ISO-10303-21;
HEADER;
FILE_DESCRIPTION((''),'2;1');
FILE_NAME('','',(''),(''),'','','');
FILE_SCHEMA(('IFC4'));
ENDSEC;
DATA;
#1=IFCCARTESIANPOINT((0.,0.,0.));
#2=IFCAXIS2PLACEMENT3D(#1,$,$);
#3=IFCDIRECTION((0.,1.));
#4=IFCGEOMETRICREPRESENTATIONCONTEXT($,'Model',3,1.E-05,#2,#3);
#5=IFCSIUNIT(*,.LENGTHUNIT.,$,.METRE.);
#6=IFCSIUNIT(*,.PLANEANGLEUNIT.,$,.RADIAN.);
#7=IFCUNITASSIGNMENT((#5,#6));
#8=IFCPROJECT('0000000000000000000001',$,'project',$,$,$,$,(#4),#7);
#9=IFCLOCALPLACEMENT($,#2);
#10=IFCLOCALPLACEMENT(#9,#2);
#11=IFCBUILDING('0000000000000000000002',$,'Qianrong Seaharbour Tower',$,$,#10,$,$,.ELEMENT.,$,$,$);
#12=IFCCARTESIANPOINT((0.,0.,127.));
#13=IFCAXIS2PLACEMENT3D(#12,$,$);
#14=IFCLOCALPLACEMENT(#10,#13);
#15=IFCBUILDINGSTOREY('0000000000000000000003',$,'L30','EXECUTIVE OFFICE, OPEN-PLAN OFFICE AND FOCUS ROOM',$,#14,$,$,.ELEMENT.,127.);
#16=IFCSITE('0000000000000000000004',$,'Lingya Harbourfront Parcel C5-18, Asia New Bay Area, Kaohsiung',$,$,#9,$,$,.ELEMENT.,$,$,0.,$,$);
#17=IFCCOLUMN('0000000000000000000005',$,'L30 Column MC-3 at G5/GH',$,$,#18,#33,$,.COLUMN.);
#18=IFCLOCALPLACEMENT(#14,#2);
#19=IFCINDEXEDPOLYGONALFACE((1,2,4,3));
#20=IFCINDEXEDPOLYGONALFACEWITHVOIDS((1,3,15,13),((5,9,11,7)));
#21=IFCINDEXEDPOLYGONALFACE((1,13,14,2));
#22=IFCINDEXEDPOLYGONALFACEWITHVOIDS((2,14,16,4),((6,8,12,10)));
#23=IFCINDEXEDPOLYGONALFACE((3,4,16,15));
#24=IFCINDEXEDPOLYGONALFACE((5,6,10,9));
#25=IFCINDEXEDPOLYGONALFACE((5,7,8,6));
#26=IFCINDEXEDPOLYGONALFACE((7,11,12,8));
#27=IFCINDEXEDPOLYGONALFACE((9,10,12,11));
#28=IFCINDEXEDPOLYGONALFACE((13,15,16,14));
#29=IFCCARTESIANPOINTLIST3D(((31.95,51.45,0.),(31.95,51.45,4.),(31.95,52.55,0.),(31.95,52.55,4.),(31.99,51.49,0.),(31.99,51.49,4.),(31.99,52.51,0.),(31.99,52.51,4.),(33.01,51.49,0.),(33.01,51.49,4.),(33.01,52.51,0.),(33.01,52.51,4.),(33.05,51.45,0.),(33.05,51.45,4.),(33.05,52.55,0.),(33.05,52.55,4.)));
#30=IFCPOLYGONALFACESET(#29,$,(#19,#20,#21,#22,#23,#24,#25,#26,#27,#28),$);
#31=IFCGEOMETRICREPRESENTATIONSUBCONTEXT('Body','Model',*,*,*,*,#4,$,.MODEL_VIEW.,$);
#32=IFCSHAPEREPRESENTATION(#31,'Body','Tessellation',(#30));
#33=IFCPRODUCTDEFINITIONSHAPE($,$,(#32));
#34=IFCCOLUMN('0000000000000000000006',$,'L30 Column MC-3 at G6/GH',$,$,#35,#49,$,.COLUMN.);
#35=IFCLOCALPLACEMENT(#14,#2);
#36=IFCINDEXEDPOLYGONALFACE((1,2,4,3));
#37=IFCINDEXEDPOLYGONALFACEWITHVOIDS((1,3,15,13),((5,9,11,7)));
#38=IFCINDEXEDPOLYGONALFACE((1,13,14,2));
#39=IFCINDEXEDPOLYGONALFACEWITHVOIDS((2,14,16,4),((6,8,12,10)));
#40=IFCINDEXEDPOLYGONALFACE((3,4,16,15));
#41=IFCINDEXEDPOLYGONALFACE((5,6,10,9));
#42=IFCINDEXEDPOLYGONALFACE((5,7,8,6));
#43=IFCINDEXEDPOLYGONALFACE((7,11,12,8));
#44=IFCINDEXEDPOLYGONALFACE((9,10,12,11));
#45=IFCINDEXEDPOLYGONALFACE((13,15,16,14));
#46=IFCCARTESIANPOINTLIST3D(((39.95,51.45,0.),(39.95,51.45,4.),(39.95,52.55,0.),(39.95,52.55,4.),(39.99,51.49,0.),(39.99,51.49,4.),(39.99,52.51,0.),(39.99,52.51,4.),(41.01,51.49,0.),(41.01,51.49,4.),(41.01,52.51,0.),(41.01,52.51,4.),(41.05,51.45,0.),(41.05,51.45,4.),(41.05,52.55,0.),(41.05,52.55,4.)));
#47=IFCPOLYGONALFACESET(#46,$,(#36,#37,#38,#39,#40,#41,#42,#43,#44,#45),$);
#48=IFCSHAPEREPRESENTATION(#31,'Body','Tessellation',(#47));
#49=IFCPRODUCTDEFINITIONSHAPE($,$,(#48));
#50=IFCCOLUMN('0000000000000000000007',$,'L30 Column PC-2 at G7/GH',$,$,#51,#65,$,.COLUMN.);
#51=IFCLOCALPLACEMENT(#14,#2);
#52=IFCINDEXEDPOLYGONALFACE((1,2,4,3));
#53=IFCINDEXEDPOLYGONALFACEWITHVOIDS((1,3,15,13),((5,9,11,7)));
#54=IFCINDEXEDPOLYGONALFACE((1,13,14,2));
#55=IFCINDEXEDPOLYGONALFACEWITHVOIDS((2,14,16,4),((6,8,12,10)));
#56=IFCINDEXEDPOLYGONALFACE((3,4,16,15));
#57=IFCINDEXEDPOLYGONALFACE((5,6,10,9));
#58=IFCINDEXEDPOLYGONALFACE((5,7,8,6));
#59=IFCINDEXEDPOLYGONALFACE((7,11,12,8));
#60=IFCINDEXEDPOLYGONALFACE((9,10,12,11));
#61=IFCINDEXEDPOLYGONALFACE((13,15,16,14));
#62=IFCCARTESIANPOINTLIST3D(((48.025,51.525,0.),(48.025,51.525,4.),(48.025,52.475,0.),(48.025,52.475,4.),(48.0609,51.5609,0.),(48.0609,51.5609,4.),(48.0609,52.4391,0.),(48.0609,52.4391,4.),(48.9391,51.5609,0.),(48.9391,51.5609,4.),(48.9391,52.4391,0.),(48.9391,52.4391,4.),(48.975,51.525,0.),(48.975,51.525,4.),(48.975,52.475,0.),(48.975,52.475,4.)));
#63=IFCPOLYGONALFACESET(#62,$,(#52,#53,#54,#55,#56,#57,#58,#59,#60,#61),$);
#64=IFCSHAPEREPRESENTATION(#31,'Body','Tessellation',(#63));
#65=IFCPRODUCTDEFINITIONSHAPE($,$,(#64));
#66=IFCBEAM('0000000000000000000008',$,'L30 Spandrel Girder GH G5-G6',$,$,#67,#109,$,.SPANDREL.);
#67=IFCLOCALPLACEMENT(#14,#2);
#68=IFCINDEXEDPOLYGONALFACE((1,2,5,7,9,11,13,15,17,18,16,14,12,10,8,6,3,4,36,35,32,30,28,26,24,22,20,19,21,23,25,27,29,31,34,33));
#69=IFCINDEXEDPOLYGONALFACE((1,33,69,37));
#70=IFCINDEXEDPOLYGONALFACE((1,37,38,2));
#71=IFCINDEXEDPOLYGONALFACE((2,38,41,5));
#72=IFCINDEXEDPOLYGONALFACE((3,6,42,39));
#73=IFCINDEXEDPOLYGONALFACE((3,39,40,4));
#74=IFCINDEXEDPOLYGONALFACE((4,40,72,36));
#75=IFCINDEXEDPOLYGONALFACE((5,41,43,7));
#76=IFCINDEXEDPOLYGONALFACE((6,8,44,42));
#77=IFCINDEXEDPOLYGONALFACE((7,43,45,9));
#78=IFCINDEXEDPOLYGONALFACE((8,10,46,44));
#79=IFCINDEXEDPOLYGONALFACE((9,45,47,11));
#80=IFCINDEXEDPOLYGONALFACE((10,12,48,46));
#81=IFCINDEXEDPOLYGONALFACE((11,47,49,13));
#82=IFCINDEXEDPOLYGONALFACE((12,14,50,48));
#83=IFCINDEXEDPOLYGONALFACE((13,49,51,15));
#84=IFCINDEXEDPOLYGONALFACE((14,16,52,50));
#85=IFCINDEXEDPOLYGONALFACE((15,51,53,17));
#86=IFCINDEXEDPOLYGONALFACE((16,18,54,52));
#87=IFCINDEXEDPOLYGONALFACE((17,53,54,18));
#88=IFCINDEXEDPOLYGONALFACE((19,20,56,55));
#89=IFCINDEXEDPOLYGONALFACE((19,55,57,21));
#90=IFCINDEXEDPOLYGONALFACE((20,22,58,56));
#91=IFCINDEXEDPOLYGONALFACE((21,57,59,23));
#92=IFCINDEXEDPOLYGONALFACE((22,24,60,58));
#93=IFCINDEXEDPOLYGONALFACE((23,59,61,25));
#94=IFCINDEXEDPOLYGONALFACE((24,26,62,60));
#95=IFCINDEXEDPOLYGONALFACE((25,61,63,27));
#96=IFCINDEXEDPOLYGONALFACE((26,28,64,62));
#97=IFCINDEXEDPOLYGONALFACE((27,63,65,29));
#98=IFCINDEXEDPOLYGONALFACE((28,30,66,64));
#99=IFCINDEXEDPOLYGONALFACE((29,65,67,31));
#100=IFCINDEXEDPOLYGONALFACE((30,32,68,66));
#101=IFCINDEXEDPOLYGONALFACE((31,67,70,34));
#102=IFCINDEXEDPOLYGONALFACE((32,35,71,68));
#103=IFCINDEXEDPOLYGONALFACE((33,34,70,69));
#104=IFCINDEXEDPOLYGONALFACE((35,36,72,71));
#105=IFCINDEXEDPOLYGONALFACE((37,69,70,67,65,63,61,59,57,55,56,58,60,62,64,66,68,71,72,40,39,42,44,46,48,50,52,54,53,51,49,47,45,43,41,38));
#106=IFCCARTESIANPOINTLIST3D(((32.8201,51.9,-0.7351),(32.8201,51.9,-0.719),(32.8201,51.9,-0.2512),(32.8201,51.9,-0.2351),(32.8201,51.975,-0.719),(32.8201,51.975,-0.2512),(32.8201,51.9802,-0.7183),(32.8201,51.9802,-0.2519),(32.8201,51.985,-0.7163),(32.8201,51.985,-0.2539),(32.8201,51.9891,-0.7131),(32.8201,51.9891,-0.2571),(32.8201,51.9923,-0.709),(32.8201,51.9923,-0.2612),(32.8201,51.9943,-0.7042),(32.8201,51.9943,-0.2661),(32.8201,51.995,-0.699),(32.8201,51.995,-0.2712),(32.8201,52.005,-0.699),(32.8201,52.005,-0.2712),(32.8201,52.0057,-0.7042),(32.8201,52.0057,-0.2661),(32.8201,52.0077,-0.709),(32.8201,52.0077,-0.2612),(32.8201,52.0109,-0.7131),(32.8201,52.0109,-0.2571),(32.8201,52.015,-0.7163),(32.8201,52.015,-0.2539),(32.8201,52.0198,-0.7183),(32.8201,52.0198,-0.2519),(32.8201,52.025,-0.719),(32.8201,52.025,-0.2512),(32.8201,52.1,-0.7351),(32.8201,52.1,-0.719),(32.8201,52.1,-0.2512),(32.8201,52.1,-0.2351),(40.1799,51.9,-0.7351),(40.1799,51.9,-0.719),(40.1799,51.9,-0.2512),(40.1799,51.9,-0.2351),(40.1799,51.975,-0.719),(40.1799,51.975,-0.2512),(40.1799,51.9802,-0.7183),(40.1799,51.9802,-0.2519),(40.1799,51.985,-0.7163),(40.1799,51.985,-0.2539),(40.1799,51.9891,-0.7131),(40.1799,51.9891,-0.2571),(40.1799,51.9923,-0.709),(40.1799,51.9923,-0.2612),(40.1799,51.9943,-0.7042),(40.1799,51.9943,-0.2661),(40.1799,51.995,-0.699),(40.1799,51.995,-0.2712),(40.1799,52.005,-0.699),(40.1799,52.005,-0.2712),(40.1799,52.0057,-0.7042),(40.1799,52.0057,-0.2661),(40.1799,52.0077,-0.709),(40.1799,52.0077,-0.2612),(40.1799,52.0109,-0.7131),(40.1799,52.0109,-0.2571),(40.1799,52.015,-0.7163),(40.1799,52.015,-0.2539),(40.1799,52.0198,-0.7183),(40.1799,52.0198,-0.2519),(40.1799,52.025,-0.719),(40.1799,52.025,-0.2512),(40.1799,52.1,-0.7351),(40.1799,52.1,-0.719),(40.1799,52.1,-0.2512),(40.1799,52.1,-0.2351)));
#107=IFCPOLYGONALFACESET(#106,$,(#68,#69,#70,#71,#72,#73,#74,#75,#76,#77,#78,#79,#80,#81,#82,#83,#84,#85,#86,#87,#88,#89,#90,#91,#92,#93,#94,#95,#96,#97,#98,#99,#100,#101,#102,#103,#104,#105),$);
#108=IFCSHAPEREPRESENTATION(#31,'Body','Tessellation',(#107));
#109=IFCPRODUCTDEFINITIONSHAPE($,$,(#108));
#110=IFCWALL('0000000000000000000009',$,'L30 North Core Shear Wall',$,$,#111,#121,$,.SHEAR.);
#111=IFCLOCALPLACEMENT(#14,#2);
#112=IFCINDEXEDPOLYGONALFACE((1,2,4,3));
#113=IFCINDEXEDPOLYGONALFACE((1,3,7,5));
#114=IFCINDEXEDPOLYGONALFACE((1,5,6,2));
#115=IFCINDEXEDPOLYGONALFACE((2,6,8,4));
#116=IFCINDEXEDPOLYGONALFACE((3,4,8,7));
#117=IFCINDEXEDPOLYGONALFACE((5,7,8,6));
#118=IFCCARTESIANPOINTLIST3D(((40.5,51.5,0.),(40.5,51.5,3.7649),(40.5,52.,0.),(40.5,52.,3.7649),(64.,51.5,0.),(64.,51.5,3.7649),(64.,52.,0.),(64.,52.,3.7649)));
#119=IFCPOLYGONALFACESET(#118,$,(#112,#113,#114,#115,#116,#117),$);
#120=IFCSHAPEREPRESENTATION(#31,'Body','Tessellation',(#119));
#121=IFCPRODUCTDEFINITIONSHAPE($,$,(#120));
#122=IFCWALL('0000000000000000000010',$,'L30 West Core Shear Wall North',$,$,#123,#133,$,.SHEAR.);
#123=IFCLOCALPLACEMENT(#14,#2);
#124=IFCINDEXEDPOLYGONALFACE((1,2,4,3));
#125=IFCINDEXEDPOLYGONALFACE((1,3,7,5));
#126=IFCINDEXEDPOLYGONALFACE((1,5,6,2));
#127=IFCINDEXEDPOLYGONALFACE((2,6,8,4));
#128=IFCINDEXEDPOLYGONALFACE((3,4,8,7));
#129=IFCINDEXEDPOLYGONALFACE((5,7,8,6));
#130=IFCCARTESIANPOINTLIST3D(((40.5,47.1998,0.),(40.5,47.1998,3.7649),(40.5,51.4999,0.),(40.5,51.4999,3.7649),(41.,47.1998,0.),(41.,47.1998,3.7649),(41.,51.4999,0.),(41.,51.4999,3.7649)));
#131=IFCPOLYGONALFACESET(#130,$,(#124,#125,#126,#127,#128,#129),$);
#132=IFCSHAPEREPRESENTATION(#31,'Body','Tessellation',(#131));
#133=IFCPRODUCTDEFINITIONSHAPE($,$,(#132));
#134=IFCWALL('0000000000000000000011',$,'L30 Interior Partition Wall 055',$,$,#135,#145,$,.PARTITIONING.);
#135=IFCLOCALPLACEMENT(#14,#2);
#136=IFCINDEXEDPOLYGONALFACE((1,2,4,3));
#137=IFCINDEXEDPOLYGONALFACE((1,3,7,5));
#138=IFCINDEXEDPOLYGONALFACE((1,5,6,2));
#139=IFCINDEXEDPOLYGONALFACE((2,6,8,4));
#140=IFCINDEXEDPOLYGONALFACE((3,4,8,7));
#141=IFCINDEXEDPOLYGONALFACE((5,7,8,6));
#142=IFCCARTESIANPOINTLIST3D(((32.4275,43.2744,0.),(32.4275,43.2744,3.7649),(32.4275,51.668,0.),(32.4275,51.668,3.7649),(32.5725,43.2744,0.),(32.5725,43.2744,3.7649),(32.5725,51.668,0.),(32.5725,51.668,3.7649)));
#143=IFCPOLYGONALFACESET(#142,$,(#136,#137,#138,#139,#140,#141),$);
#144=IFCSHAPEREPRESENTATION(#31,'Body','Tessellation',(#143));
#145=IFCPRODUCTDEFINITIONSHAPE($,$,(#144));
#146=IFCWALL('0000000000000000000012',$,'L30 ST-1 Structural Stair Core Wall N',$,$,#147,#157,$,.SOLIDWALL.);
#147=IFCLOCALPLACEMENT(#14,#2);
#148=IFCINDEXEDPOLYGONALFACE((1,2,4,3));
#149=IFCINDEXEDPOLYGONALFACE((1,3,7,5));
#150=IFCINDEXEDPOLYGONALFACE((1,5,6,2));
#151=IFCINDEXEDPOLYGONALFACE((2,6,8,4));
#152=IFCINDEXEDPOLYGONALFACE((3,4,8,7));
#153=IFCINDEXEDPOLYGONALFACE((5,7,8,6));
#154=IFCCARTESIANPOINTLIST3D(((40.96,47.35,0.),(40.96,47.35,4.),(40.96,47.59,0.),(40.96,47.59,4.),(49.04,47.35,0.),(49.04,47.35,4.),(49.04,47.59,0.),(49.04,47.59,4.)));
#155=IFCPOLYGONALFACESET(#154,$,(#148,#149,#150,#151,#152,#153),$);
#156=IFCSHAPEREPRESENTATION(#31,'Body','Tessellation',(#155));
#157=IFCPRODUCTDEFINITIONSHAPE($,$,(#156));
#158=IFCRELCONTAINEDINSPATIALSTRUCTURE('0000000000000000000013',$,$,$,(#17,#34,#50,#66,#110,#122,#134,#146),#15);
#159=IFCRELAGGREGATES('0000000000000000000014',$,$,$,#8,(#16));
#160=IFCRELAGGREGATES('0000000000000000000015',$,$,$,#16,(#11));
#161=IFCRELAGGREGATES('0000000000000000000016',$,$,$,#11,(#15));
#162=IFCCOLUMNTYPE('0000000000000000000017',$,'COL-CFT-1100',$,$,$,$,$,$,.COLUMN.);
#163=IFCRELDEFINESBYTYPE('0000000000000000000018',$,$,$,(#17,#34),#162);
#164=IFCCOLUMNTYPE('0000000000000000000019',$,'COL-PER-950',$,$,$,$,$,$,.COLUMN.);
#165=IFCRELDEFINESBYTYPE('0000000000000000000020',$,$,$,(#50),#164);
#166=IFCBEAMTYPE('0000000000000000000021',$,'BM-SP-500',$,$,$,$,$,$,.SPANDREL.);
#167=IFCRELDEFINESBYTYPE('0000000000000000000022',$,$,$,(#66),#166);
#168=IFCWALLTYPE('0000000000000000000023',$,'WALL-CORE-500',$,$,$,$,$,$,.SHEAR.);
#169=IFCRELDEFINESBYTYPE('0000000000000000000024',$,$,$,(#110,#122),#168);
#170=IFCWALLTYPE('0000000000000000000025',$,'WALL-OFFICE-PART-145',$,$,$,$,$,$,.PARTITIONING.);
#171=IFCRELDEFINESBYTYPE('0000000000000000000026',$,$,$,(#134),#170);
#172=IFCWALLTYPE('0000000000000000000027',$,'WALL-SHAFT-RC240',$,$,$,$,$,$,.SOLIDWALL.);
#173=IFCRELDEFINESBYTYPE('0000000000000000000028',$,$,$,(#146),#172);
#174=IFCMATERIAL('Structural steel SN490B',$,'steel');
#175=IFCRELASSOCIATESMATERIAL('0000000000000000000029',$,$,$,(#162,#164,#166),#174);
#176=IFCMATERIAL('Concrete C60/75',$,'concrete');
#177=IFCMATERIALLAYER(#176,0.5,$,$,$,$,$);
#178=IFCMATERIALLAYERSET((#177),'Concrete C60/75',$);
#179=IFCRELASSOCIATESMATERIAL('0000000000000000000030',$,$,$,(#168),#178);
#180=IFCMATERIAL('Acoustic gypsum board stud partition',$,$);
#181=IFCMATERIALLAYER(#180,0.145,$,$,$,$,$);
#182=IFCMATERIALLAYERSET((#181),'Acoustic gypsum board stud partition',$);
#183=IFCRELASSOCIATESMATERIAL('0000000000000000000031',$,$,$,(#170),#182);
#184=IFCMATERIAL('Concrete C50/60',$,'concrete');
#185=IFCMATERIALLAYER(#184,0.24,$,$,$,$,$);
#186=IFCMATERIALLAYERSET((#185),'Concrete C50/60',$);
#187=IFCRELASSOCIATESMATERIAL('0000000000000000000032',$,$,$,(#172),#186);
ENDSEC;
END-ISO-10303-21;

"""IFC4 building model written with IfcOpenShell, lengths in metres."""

from ifc_helpers import new_model, si_unit, direction, frame, frame_2d, origin, origin_2d, place, context, subcontext, project, spatial, rectangle, hollow_rectangle, i_section, extrude, material, layer, layer_set, material_profile, profile_set, type_object, element, save


model = new_model("IFC4")

# Units and contexts
model_context = context("Model", 3, precision=1e-05, world=origin(), true_north=direction((0.0, 1.0)))
body_context = subcontext(model_context, "Body", "Model", "MODEL_VIEW")
ifc_project = project(units=[si_unit("LENGTHUNIT", "METRE"), si_unit("PLANEANGLEUNIT", "RADIAN")], contexts=[model_context])

# Site, building, storey
site_placement = place(None, origin())
site = spatial("IfcSite", under=ifc_project, at=site_placement, Name="Lingya Harbourfront Parcel C5-18, Asia New Bay Area, Kaohsiung", CompositionType="ELEMENT", RefElevation=0.0)
building_placement = place(site_placement, origin())
building = spatial("IfcBuilding", under=site, at=building_placement, Name="Qianrong Seaharbour Tower", CompositionType="ELEMENT")
storey_placement = place(building_placement, frame((0.0, 0.0, 127.0)))
storey = spatial("IfcBuildingStorey", under=building, at=storey_placement, Name="L30", Description="EXECUTIVE OFFICE, OPEN-PLAN OFFICE AND FOCUS ROOM", CompositionType="ELEMENT", Elevation=127.0)

# Columns
ifc_material_1 = material(Name="Structural steel SN490B", Category="steel")
ifc_material_profile_1 = material_profile(ifc_material_1, hollow_rectangle(XDim=1.1001, YDim=1.1001, WallThickness=0.04, at=origin_2d()), Name="BOX1100x1100x40")
ifc_profile_set_1 = profile_set([ifc_material_profile_1], Name="Structural steel SN490B")
column_type_1 = type_object("IfcColumnType", Name="COL-CFT-1100", PredefinedType="COLUMN", material=ifc_profile_set_1)
for number, where, z_axis, x_axis, name in (
    (1, (32.5, 52.0, 0.0), (0.0, 0.0, 1.0), (1.0, 0.0, 0.0), "L30 Column MC-3 at G5/GH"),
    (2, (40.5, 52.0, 0.0), (0.0, 0.0, 1.0), (1.0, 0.0, 0.0), "L30 Column MC-3 at G6/GH"),
):
    element("IfcColumn", number, at=place(storey_placement, frame(where, z_axis=z_axis, x_axis=x_axis)), inside=storey, type_object=column_type_1, Name=name, PredefinedType="COLUMN", context=body_context, shape_type="SweptSolid", body=[
        extrude(hollow_rectangle(XDim=1.1001, YDim=1.1001, WallThickness=0.04, at=origin_2d()), origin(), (0.0, 0.0, 1.0), 4.0),
    ])
ifc_material_profile_2 = material_profile(ifc_material_1, hollow_rectangle(XDim=0.95, YDim=0.95, WallThickness=0.0359, at=origin_2d()), Name="BOX950x950x36")
ifc_profile_set_2 = profile_set([ifc_material_profile_2], Name="Structural steel SN490B")
column_type_2 = type_object("IfcColumnType", Name="COL-PER-950", PredefinedType="COLUMN", material=ifc_profile_set_2)
column_placement = place(storey_placement, frame((48.5, 52.0, 0.0), z_axis=(0.0, 0.0, 1.0), x_axis=(1.0, 0.0, 0.0)))
element("IfcColumn", 3, at=column_placement, inside=storey, type_object=column_type_2, Name="L30 Column PC-2 at G7/GH", PredefinedType="COLUMN", context=body_context, shape_type="SweptSolid", body=[
    extrude(hollow_rectangle(XDim=0.95, YDim=0.95, WallThickness=0.0359, at=origin_2d()), origin(), (0.0, 0.0, 1.0), 4.0),
])

# Beam
ifc_material_profile_3 = material_profile(ifc_material_1, i_section(OverallWidth=0.2, OverallDepth=0.5, WebThickness=0.01, FlangeThickness=0.0161, FilletRadius=0.02, at=origin_2d()), Name="H500x200x10x16")
ifc_profile_set_3 = profile_set([ifc_material_profile_3], Name="Structural steel SN490B")
beam_type = type_object("IfcBeamType", Name="BM-SP-500", PredefinedType="SPANDREL", material=ifc_profile_set_3)
beam_placement = place(storey_placement, frame((32.8201, 52.0, -0.4851), z_axis=(1.0, 0.0, 0.0), x_axis=(0.0, 1.0, 0.0)))
element("IfcBeam", 4, at=beam_placement, inside=storey, type_object=beam_type, Name="L30 Spandrel Girder GH G5-G6", PredefinedType="SPANDREL", context=body_context, shape_type="SweptSolid", body=[
    extrude(i_section(OverallWidth=0.2, OverallDepth=0.5, WebThickness=0.01, FlangeThickness=0.0161, FilletRadius=0.02, at=origin_2d()), origin(), (0.0, 0.0, 1.0), 7.3599),
])

# Walls
ifc_material_2 = material(Name="Concrete C60/75", Category="concrete")
ifc_layer_1 = layer(ifc_material_2, 0.5)
ifc_layer_set_1 = layer_set([ifc_layer_1], Name="Concrete C60/75")
wall_type_1 = type_object("IfcWallType", Name="WALL-CORE-500", PredefinedType="SHEAR", material=ifc_layer_set_1)
wall_1_placement = place(storey_placement, frame((40.5, 51.75, 0.0), z_axis=(0.0, 0.0, 1.0), x_axis=(1.0, 0.0, 0.0)))
element("IfcWall", 5, at=wall_1_placement, inside=storey, type_object=wall_type_1, Name="L30 North Core Shear Wall", PredefinedType="SHEAR", context=body_context, shape_type="SweptSolid", body=[
    extrude(rectangle(XDim=23.5, YDim=0.5, at=frame_2d((11.75, 0.0))), origin(), (0.0, 0.0, 1.0), 3.7649),
])
wall_2_placement = place(storey_placement, frame((40.75, 47.2, 0.0), z_axis=(0.0, 0.0, 1.0), x_axis=(0.0, 1.0, 0.0)))
element("IfcWall", 6, at=wall_2_placement, inside=storey, type_object=wall_type_1, Name="L30 West Core Shear Wall North", PredefinedType="SHEAR", context=body_context, shape_type="SweptSolid", body=[
    extrude(rectangle(XDim=4.3, YDim=0.5, at=frame_2d((2.1499, 0.0))), origin(), (0.0, 0.0, 1.0), 3.7649),
])

# Walls
ifc_material_3 = material(Name="Acoustic gypsum board stud partition")
ifc_layer_2 = layer(ifc_material_3, 0.145)
ifc_layer_set_2 = layer_set([ifc_layer_2], Name="Acoustic gypsum board stud partition")
wall_type_2 = type_object("IfcWallType", Name="WALL-OFFICE-PART-145", PredefinedType="PARTITIONING", material=ifc_layer_set_2)
wall_3_placement = place(storey_placement, frame((32.5, 51.668, 0.0), z_axis=(0.0, 0.0, 1.0), x_axis=(0.0, -1.0, 0.0)))
element("IfcWall", 7, at=wall_3_placement, inside=storey, type_object=wall_type_2, Name="L30 Interior Partition Wall 055", PredefinedType="PARTITIONING", context=body_context, shape_type="SweptSolid", body=[
    extrude(rectangle(XDim=8.3936, YDim=0.145, at=frame_2d((4.1968, 0.0))), origin(), (0.0, 0.0, 1.0), 3.7649),
])
ifc_material_4 = material(Name="Concrete C50/60", Category="concrete")
ifc_layer_3 = layer(ifc_material_4, 0.24)
ifc_layer_set_3 = layer_set([ifc_layer_3], Name="Concrete C50/60")
wall_type_3 = type_object("IfcWallType", Name="WALL-SHAFT-RC240", PredefinedType="SOLIDWALL", material=ifc_layer_set_3)
wall_4_placement = place(storey_placement, frame((40.96, 47.47, 0.0), z_axis=(0.0, 0.0, 1.0), x_axis=(1.0, 0.0, 0.0)))
element("IfcWall", 8, at=wall_4_placement, inside=storey, type_object=wall_type_3, Name="L30 ST-1 Structural Stair Core Wall N", PredefinedType="SOLIDWALL", context=body_context, shape_type="SweptSolid", body=[
    extrude(rectangle(XDim=8.0801, YDim=0.24, at=frame_2d((4.04, 0.0))), origin(), (0.0, 0.0, 1.0), 4.0),
])

save(model, "model.ifc")
